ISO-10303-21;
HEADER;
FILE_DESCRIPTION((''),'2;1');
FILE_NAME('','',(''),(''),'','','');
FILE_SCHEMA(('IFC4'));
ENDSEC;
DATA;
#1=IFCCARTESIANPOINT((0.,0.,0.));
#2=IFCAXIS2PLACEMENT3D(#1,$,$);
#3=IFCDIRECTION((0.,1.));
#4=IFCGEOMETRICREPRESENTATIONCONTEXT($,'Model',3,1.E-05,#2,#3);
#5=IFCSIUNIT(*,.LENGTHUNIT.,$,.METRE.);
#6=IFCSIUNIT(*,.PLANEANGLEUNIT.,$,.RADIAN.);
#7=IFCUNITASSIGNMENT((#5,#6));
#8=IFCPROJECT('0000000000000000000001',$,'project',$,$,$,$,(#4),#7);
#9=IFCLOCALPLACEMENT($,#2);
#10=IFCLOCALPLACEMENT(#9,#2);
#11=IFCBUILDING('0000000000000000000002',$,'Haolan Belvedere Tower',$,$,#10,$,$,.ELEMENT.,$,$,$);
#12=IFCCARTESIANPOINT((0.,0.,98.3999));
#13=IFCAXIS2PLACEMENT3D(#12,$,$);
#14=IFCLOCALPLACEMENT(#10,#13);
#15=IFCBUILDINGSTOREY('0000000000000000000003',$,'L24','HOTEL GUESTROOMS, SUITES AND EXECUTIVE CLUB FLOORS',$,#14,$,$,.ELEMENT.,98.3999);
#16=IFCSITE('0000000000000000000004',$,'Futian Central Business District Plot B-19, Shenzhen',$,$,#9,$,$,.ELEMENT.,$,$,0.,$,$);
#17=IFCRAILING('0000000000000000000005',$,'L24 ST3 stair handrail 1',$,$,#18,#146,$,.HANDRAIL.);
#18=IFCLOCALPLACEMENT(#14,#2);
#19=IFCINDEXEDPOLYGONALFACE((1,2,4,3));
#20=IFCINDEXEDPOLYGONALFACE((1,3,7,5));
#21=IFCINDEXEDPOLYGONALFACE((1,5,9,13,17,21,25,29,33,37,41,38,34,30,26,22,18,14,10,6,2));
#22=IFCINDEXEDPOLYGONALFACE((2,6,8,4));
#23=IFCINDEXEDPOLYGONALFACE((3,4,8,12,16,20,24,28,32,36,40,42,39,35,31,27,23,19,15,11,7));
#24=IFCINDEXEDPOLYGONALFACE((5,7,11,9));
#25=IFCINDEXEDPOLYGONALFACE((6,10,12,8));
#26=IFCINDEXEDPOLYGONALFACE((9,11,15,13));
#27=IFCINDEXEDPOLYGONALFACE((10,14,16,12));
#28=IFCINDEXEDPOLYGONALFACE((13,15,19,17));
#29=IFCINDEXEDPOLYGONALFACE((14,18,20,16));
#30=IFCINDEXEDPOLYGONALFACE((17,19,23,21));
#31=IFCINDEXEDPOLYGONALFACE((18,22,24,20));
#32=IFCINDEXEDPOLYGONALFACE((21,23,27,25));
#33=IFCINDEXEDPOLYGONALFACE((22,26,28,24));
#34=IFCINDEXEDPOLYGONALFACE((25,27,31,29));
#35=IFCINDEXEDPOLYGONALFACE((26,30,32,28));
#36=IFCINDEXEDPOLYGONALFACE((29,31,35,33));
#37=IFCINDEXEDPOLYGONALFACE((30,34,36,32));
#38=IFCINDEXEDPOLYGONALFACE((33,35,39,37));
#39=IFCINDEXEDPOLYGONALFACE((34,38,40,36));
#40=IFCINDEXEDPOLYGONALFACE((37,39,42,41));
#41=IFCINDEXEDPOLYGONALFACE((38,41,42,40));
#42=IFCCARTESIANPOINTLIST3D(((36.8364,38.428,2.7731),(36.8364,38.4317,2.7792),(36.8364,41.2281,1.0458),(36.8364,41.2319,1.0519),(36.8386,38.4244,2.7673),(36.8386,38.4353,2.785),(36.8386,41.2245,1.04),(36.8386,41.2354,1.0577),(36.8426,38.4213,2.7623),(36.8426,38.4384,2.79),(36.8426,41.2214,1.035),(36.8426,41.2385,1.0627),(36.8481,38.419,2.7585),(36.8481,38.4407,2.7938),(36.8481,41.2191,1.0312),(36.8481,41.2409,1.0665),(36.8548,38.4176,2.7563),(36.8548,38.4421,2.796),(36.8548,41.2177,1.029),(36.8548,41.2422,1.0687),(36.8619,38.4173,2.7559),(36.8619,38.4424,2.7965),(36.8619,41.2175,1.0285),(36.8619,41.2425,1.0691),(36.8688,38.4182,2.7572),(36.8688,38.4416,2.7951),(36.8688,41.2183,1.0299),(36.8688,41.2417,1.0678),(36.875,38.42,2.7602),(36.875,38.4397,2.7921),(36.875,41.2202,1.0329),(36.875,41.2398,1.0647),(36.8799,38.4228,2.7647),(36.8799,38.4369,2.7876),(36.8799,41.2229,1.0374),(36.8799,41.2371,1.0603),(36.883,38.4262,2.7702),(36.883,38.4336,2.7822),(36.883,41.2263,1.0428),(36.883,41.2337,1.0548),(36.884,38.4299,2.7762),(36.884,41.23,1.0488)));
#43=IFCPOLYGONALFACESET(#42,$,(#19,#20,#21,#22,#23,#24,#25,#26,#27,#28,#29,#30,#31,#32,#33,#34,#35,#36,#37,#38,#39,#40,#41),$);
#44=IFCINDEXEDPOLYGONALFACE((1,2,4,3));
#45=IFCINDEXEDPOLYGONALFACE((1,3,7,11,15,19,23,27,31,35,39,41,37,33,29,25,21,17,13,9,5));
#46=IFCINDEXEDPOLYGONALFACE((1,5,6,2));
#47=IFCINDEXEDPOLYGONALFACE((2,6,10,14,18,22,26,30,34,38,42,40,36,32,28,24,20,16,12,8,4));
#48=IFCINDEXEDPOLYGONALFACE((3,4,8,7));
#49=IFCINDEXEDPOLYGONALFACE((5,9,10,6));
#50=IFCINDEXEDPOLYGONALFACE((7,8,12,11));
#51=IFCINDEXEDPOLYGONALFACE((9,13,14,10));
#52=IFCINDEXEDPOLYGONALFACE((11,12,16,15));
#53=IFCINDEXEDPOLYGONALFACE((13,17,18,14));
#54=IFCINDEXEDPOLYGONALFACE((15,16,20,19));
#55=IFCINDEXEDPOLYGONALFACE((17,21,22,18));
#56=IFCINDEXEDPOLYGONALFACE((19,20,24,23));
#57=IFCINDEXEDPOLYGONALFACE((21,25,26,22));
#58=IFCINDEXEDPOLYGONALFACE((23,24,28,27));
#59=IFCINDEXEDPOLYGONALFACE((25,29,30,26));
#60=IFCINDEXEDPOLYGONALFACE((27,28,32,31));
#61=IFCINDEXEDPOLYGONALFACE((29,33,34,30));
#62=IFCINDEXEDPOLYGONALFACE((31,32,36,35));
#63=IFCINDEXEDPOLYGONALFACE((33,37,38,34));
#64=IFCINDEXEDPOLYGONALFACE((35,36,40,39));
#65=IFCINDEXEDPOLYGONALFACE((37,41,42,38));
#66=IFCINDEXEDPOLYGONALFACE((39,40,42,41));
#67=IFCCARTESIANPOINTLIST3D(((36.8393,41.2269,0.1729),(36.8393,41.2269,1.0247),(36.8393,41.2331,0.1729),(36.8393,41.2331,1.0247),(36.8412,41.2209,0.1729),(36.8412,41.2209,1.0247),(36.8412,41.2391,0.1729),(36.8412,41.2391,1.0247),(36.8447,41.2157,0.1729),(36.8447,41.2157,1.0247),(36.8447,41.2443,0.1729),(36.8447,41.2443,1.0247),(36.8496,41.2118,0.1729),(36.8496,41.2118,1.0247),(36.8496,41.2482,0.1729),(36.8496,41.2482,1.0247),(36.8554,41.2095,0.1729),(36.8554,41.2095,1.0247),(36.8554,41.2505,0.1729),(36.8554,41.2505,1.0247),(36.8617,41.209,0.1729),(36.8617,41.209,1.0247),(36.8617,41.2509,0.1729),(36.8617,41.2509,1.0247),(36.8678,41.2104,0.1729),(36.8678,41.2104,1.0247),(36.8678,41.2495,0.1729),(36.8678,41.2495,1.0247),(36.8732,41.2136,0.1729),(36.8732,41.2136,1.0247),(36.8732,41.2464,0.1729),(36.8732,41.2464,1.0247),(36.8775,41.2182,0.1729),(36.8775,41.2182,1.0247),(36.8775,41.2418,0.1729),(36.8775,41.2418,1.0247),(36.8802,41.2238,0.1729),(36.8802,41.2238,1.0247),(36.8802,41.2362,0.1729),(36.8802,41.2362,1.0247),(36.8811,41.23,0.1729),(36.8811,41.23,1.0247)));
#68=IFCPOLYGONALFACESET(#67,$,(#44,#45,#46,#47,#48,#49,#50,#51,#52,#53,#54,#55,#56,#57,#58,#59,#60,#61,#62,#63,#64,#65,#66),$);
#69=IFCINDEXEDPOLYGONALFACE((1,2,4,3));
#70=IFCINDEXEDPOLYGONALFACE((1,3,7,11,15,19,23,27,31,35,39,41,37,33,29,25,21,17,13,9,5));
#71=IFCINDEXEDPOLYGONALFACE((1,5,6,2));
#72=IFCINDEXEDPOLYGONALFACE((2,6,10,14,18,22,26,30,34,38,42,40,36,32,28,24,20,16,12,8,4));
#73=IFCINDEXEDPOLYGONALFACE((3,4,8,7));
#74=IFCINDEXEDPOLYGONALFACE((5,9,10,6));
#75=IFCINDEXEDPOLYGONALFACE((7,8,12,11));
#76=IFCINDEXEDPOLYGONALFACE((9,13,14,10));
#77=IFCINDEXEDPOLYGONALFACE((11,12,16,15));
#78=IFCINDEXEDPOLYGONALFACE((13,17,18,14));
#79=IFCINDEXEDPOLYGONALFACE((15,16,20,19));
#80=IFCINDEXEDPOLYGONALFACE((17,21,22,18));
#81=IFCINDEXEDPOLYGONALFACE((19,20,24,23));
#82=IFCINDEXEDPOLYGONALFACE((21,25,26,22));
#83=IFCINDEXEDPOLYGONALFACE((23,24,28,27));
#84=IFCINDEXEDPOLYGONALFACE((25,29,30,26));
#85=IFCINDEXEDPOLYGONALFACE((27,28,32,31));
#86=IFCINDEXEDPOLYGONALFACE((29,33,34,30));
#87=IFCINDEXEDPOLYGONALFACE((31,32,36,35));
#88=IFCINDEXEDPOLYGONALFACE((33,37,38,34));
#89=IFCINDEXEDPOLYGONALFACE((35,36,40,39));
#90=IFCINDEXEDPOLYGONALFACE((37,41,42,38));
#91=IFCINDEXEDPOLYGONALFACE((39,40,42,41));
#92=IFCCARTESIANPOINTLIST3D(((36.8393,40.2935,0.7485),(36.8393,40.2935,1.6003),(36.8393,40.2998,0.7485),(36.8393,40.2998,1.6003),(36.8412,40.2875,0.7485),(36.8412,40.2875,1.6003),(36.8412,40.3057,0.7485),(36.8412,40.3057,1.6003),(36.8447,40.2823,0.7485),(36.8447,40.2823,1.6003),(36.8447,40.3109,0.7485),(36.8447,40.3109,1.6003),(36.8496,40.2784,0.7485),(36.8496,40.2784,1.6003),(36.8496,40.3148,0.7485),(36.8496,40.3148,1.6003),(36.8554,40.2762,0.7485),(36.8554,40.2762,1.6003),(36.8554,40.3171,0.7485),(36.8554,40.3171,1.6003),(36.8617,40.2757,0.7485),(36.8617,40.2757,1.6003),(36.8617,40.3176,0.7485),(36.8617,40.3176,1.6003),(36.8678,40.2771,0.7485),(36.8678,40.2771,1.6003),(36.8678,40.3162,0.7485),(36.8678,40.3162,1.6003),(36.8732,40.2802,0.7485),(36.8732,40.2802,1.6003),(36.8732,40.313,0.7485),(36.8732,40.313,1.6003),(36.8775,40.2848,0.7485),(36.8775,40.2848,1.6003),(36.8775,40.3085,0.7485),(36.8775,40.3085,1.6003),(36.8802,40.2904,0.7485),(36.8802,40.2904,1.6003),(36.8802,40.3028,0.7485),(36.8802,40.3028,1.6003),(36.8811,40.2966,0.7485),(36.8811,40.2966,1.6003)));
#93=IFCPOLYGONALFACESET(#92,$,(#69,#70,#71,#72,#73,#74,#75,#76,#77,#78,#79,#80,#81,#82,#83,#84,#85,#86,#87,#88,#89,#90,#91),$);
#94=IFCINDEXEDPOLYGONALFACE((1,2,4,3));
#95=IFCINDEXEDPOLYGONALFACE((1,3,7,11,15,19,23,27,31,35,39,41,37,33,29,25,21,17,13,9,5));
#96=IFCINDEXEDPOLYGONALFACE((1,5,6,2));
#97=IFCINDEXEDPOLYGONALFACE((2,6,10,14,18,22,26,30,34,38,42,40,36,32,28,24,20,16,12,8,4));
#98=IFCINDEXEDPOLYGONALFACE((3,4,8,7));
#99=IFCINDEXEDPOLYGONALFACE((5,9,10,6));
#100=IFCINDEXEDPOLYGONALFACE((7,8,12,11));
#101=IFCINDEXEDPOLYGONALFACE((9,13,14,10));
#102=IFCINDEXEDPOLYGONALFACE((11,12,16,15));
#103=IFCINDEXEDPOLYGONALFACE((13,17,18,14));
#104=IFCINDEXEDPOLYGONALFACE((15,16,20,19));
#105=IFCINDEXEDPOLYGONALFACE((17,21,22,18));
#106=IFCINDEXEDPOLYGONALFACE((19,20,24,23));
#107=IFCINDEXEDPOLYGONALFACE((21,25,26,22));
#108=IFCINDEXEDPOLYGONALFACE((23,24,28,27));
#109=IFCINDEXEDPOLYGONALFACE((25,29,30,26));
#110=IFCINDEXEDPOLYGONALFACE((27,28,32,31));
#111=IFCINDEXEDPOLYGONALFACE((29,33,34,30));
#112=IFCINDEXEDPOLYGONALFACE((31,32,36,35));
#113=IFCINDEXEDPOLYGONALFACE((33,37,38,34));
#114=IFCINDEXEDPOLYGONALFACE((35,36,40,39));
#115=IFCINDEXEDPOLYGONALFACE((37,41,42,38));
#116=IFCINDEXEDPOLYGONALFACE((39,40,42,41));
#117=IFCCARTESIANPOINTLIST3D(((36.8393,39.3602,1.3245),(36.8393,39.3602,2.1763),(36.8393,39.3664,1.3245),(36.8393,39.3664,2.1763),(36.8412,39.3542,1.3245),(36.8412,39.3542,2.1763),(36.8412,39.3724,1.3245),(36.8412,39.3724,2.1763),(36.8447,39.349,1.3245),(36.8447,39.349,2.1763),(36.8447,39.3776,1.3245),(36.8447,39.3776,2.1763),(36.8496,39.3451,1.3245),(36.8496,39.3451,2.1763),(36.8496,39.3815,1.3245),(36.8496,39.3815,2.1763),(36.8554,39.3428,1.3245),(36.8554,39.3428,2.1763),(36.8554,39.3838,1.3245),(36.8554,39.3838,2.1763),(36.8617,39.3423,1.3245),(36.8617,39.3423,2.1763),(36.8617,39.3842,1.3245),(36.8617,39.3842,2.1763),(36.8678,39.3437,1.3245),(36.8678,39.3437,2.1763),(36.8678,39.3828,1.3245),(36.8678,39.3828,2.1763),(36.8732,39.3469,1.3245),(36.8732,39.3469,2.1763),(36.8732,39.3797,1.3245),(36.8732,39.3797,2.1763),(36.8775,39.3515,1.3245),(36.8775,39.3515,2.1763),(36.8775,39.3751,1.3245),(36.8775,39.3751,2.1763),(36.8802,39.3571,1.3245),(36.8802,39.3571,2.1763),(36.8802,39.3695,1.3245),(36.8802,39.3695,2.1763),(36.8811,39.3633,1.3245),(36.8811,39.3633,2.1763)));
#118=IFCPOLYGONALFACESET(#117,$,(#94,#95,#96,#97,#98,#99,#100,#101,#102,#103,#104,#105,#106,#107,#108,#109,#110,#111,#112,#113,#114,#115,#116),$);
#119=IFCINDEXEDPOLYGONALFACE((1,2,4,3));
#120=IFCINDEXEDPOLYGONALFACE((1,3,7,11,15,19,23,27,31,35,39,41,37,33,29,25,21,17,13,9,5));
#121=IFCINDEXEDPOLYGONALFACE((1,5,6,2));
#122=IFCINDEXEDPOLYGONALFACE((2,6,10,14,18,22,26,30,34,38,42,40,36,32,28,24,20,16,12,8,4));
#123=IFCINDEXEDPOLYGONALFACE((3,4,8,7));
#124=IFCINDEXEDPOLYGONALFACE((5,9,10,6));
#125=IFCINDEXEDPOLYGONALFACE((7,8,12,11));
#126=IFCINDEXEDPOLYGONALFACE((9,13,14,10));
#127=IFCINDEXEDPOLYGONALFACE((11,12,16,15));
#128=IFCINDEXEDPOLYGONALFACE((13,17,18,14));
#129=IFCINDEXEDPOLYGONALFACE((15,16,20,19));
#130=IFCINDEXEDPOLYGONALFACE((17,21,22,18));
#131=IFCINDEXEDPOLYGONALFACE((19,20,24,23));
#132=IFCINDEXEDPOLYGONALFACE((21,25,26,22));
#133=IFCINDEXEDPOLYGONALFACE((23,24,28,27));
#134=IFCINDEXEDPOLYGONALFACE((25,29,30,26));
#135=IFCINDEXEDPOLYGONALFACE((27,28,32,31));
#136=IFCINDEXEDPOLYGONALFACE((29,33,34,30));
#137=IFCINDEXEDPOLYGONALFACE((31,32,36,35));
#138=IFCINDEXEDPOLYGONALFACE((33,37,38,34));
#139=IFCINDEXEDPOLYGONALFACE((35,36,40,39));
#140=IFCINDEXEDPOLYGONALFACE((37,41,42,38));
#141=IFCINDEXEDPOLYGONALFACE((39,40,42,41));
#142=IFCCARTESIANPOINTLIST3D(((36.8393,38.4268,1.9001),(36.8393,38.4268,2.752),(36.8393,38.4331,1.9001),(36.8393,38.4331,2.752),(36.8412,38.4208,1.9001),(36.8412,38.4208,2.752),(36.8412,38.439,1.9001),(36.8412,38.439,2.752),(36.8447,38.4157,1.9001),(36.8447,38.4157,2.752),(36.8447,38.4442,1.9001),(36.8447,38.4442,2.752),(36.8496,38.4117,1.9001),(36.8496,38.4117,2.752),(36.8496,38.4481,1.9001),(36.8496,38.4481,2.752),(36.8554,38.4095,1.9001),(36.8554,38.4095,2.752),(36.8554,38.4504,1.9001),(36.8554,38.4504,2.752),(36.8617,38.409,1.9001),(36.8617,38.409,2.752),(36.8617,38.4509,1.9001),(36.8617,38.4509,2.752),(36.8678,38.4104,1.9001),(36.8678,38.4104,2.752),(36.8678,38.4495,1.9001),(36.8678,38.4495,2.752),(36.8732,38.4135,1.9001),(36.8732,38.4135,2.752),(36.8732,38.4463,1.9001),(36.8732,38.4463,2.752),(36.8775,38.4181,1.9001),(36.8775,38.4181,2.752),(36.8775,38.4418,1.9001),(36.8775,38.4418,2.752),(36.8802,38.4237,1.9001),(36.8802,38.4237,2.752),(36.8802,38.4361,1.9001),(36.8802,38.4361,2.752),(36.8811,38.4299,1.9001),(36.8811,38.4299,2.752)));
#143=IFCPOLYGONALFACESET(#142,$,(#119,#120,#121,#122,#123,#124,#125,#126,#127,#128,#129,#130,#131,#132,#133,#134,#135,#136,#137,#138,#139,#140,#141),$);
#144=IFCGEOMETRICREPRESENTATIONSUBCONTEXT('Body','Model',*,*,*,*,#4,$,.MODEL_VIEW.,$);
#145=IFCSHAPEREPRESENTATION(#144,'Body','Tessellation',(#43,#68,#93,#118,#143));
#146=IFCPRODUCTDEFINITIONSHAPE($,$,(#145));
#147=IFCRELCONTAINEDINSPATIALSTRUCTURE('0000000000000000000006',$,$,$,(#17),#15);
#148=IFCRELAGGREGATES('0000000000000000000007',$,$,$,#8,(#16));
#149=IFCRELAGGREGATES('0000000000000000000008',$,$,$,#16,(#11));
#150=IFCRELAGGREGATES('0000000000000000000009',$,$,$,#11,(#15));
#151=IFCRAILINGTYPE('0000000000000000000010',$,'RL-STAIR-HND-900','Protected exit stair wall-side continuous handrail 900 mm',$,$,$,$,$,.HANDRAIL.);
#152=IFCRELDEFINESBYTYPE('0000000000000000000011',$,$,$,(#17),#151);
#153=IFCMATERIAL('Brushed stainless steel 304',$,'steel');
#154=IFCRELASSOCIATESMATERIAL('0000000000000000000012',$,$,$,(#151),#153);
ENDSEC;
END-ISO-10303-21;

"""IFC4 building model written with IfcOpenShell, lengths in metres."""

from ifc_helpers import new_model, si_unit, direction, frame, origin, origin_2d, place, context, subcontext, project, spatial, circle, extrude, material, type_object, element, save


model = new_model("IFC4")

# Units and contexts
model_context = context("Model", 3, precision=1e-05, world=origin(), true_north=direction((0.0, 1.0)))
body_context = subcontext(model_context, "Body", "Model", "MODEL_VIEW")
ifc_project = project(units=[si_unit("LENGTHUNIT", "METRE"), si_unit("PLANEANGLEUNIT", "RADIAN")], contexts=[model_context])

# Site, building, storey
site_placement = place(None, origin())
site = spatial("IfcSite", under=ifc_project, at=site_placement, Name="Futian Central Business District Plot B-19, Shenzhen", CompositionType="ELEMENT", RefElevation=0.0)
building_placement = place(site_placement, origin())
building = spatial("IfcBuilding", under=site, at=building_placement, Name="Haolan Belvedere Tower", CompositionType="ELEMENT")
storey_placement = place(building_placement, frame((0.0, 0.0, 98.3999)))
storey = spatial("IfcBuildingStorey", under=building, at=storey_placement, Name="L24", Description="HOTEL GUESTROOMS, SUITES AND EXECUTIVE CLUB FLOORS", CompositionType="ELEMENT", Elevation=98.3999)

# Railing
ifc_material_1 = material(Name="Brushed stainless steel 304", Category="steel")
railing_type_1 = type_object("IfcRailingType", Name="RL-STAIR-HND-900", Description="Protected exit stair wall-side continuous handrail 900 mm", PredefinedType="HANDRAIL", material=ifc_material_1)
railing_1_placement = place(storey_placement, frame((36.8601, 41.23, 0.1729)))
element("IfcRailing", 1, at=railing_1_placement, inside=storey, type_object=railing_type_1, Name="L24 ST3 stair handrail 1", PredefinedType="HANDRAIL", context=body_context, shape_type="SweptSolid", body=[
    extrude(circle(Radius=0.0239, at=origin_2d()), frame((0.0, 0.0, 0.876), z_axis=(0.0, -0.85109, 0.52502), x_axis=(1.0, 0.0, 0.0)), (0.0, 0.0, 1.0), 3.29),
    extrude(circle(Radius=0.021, at=origin_2d()), origin(), (0.0, 0.0, 1.0), 0.8518),
    extrude(circle(Radius=0.021, at=origin_2d()), frame((0.0, -0.9333, 0.5757)), (0.0, 0.0, 1.0), 0.8518),
    extrude(circle(Radius=0.021, at=origin_2d()), frame((0.0, -1.8667, 1.1516)), (0.0, 0.0, 1.0), 0.8518),
    extrude(circle(Radius=0.021, at=origin_2d()), frame((0.0, -2.8, 1.7273)), (0.0, 0.0, 1.0), 0.8518),
])

save(model, "model.ifc")
